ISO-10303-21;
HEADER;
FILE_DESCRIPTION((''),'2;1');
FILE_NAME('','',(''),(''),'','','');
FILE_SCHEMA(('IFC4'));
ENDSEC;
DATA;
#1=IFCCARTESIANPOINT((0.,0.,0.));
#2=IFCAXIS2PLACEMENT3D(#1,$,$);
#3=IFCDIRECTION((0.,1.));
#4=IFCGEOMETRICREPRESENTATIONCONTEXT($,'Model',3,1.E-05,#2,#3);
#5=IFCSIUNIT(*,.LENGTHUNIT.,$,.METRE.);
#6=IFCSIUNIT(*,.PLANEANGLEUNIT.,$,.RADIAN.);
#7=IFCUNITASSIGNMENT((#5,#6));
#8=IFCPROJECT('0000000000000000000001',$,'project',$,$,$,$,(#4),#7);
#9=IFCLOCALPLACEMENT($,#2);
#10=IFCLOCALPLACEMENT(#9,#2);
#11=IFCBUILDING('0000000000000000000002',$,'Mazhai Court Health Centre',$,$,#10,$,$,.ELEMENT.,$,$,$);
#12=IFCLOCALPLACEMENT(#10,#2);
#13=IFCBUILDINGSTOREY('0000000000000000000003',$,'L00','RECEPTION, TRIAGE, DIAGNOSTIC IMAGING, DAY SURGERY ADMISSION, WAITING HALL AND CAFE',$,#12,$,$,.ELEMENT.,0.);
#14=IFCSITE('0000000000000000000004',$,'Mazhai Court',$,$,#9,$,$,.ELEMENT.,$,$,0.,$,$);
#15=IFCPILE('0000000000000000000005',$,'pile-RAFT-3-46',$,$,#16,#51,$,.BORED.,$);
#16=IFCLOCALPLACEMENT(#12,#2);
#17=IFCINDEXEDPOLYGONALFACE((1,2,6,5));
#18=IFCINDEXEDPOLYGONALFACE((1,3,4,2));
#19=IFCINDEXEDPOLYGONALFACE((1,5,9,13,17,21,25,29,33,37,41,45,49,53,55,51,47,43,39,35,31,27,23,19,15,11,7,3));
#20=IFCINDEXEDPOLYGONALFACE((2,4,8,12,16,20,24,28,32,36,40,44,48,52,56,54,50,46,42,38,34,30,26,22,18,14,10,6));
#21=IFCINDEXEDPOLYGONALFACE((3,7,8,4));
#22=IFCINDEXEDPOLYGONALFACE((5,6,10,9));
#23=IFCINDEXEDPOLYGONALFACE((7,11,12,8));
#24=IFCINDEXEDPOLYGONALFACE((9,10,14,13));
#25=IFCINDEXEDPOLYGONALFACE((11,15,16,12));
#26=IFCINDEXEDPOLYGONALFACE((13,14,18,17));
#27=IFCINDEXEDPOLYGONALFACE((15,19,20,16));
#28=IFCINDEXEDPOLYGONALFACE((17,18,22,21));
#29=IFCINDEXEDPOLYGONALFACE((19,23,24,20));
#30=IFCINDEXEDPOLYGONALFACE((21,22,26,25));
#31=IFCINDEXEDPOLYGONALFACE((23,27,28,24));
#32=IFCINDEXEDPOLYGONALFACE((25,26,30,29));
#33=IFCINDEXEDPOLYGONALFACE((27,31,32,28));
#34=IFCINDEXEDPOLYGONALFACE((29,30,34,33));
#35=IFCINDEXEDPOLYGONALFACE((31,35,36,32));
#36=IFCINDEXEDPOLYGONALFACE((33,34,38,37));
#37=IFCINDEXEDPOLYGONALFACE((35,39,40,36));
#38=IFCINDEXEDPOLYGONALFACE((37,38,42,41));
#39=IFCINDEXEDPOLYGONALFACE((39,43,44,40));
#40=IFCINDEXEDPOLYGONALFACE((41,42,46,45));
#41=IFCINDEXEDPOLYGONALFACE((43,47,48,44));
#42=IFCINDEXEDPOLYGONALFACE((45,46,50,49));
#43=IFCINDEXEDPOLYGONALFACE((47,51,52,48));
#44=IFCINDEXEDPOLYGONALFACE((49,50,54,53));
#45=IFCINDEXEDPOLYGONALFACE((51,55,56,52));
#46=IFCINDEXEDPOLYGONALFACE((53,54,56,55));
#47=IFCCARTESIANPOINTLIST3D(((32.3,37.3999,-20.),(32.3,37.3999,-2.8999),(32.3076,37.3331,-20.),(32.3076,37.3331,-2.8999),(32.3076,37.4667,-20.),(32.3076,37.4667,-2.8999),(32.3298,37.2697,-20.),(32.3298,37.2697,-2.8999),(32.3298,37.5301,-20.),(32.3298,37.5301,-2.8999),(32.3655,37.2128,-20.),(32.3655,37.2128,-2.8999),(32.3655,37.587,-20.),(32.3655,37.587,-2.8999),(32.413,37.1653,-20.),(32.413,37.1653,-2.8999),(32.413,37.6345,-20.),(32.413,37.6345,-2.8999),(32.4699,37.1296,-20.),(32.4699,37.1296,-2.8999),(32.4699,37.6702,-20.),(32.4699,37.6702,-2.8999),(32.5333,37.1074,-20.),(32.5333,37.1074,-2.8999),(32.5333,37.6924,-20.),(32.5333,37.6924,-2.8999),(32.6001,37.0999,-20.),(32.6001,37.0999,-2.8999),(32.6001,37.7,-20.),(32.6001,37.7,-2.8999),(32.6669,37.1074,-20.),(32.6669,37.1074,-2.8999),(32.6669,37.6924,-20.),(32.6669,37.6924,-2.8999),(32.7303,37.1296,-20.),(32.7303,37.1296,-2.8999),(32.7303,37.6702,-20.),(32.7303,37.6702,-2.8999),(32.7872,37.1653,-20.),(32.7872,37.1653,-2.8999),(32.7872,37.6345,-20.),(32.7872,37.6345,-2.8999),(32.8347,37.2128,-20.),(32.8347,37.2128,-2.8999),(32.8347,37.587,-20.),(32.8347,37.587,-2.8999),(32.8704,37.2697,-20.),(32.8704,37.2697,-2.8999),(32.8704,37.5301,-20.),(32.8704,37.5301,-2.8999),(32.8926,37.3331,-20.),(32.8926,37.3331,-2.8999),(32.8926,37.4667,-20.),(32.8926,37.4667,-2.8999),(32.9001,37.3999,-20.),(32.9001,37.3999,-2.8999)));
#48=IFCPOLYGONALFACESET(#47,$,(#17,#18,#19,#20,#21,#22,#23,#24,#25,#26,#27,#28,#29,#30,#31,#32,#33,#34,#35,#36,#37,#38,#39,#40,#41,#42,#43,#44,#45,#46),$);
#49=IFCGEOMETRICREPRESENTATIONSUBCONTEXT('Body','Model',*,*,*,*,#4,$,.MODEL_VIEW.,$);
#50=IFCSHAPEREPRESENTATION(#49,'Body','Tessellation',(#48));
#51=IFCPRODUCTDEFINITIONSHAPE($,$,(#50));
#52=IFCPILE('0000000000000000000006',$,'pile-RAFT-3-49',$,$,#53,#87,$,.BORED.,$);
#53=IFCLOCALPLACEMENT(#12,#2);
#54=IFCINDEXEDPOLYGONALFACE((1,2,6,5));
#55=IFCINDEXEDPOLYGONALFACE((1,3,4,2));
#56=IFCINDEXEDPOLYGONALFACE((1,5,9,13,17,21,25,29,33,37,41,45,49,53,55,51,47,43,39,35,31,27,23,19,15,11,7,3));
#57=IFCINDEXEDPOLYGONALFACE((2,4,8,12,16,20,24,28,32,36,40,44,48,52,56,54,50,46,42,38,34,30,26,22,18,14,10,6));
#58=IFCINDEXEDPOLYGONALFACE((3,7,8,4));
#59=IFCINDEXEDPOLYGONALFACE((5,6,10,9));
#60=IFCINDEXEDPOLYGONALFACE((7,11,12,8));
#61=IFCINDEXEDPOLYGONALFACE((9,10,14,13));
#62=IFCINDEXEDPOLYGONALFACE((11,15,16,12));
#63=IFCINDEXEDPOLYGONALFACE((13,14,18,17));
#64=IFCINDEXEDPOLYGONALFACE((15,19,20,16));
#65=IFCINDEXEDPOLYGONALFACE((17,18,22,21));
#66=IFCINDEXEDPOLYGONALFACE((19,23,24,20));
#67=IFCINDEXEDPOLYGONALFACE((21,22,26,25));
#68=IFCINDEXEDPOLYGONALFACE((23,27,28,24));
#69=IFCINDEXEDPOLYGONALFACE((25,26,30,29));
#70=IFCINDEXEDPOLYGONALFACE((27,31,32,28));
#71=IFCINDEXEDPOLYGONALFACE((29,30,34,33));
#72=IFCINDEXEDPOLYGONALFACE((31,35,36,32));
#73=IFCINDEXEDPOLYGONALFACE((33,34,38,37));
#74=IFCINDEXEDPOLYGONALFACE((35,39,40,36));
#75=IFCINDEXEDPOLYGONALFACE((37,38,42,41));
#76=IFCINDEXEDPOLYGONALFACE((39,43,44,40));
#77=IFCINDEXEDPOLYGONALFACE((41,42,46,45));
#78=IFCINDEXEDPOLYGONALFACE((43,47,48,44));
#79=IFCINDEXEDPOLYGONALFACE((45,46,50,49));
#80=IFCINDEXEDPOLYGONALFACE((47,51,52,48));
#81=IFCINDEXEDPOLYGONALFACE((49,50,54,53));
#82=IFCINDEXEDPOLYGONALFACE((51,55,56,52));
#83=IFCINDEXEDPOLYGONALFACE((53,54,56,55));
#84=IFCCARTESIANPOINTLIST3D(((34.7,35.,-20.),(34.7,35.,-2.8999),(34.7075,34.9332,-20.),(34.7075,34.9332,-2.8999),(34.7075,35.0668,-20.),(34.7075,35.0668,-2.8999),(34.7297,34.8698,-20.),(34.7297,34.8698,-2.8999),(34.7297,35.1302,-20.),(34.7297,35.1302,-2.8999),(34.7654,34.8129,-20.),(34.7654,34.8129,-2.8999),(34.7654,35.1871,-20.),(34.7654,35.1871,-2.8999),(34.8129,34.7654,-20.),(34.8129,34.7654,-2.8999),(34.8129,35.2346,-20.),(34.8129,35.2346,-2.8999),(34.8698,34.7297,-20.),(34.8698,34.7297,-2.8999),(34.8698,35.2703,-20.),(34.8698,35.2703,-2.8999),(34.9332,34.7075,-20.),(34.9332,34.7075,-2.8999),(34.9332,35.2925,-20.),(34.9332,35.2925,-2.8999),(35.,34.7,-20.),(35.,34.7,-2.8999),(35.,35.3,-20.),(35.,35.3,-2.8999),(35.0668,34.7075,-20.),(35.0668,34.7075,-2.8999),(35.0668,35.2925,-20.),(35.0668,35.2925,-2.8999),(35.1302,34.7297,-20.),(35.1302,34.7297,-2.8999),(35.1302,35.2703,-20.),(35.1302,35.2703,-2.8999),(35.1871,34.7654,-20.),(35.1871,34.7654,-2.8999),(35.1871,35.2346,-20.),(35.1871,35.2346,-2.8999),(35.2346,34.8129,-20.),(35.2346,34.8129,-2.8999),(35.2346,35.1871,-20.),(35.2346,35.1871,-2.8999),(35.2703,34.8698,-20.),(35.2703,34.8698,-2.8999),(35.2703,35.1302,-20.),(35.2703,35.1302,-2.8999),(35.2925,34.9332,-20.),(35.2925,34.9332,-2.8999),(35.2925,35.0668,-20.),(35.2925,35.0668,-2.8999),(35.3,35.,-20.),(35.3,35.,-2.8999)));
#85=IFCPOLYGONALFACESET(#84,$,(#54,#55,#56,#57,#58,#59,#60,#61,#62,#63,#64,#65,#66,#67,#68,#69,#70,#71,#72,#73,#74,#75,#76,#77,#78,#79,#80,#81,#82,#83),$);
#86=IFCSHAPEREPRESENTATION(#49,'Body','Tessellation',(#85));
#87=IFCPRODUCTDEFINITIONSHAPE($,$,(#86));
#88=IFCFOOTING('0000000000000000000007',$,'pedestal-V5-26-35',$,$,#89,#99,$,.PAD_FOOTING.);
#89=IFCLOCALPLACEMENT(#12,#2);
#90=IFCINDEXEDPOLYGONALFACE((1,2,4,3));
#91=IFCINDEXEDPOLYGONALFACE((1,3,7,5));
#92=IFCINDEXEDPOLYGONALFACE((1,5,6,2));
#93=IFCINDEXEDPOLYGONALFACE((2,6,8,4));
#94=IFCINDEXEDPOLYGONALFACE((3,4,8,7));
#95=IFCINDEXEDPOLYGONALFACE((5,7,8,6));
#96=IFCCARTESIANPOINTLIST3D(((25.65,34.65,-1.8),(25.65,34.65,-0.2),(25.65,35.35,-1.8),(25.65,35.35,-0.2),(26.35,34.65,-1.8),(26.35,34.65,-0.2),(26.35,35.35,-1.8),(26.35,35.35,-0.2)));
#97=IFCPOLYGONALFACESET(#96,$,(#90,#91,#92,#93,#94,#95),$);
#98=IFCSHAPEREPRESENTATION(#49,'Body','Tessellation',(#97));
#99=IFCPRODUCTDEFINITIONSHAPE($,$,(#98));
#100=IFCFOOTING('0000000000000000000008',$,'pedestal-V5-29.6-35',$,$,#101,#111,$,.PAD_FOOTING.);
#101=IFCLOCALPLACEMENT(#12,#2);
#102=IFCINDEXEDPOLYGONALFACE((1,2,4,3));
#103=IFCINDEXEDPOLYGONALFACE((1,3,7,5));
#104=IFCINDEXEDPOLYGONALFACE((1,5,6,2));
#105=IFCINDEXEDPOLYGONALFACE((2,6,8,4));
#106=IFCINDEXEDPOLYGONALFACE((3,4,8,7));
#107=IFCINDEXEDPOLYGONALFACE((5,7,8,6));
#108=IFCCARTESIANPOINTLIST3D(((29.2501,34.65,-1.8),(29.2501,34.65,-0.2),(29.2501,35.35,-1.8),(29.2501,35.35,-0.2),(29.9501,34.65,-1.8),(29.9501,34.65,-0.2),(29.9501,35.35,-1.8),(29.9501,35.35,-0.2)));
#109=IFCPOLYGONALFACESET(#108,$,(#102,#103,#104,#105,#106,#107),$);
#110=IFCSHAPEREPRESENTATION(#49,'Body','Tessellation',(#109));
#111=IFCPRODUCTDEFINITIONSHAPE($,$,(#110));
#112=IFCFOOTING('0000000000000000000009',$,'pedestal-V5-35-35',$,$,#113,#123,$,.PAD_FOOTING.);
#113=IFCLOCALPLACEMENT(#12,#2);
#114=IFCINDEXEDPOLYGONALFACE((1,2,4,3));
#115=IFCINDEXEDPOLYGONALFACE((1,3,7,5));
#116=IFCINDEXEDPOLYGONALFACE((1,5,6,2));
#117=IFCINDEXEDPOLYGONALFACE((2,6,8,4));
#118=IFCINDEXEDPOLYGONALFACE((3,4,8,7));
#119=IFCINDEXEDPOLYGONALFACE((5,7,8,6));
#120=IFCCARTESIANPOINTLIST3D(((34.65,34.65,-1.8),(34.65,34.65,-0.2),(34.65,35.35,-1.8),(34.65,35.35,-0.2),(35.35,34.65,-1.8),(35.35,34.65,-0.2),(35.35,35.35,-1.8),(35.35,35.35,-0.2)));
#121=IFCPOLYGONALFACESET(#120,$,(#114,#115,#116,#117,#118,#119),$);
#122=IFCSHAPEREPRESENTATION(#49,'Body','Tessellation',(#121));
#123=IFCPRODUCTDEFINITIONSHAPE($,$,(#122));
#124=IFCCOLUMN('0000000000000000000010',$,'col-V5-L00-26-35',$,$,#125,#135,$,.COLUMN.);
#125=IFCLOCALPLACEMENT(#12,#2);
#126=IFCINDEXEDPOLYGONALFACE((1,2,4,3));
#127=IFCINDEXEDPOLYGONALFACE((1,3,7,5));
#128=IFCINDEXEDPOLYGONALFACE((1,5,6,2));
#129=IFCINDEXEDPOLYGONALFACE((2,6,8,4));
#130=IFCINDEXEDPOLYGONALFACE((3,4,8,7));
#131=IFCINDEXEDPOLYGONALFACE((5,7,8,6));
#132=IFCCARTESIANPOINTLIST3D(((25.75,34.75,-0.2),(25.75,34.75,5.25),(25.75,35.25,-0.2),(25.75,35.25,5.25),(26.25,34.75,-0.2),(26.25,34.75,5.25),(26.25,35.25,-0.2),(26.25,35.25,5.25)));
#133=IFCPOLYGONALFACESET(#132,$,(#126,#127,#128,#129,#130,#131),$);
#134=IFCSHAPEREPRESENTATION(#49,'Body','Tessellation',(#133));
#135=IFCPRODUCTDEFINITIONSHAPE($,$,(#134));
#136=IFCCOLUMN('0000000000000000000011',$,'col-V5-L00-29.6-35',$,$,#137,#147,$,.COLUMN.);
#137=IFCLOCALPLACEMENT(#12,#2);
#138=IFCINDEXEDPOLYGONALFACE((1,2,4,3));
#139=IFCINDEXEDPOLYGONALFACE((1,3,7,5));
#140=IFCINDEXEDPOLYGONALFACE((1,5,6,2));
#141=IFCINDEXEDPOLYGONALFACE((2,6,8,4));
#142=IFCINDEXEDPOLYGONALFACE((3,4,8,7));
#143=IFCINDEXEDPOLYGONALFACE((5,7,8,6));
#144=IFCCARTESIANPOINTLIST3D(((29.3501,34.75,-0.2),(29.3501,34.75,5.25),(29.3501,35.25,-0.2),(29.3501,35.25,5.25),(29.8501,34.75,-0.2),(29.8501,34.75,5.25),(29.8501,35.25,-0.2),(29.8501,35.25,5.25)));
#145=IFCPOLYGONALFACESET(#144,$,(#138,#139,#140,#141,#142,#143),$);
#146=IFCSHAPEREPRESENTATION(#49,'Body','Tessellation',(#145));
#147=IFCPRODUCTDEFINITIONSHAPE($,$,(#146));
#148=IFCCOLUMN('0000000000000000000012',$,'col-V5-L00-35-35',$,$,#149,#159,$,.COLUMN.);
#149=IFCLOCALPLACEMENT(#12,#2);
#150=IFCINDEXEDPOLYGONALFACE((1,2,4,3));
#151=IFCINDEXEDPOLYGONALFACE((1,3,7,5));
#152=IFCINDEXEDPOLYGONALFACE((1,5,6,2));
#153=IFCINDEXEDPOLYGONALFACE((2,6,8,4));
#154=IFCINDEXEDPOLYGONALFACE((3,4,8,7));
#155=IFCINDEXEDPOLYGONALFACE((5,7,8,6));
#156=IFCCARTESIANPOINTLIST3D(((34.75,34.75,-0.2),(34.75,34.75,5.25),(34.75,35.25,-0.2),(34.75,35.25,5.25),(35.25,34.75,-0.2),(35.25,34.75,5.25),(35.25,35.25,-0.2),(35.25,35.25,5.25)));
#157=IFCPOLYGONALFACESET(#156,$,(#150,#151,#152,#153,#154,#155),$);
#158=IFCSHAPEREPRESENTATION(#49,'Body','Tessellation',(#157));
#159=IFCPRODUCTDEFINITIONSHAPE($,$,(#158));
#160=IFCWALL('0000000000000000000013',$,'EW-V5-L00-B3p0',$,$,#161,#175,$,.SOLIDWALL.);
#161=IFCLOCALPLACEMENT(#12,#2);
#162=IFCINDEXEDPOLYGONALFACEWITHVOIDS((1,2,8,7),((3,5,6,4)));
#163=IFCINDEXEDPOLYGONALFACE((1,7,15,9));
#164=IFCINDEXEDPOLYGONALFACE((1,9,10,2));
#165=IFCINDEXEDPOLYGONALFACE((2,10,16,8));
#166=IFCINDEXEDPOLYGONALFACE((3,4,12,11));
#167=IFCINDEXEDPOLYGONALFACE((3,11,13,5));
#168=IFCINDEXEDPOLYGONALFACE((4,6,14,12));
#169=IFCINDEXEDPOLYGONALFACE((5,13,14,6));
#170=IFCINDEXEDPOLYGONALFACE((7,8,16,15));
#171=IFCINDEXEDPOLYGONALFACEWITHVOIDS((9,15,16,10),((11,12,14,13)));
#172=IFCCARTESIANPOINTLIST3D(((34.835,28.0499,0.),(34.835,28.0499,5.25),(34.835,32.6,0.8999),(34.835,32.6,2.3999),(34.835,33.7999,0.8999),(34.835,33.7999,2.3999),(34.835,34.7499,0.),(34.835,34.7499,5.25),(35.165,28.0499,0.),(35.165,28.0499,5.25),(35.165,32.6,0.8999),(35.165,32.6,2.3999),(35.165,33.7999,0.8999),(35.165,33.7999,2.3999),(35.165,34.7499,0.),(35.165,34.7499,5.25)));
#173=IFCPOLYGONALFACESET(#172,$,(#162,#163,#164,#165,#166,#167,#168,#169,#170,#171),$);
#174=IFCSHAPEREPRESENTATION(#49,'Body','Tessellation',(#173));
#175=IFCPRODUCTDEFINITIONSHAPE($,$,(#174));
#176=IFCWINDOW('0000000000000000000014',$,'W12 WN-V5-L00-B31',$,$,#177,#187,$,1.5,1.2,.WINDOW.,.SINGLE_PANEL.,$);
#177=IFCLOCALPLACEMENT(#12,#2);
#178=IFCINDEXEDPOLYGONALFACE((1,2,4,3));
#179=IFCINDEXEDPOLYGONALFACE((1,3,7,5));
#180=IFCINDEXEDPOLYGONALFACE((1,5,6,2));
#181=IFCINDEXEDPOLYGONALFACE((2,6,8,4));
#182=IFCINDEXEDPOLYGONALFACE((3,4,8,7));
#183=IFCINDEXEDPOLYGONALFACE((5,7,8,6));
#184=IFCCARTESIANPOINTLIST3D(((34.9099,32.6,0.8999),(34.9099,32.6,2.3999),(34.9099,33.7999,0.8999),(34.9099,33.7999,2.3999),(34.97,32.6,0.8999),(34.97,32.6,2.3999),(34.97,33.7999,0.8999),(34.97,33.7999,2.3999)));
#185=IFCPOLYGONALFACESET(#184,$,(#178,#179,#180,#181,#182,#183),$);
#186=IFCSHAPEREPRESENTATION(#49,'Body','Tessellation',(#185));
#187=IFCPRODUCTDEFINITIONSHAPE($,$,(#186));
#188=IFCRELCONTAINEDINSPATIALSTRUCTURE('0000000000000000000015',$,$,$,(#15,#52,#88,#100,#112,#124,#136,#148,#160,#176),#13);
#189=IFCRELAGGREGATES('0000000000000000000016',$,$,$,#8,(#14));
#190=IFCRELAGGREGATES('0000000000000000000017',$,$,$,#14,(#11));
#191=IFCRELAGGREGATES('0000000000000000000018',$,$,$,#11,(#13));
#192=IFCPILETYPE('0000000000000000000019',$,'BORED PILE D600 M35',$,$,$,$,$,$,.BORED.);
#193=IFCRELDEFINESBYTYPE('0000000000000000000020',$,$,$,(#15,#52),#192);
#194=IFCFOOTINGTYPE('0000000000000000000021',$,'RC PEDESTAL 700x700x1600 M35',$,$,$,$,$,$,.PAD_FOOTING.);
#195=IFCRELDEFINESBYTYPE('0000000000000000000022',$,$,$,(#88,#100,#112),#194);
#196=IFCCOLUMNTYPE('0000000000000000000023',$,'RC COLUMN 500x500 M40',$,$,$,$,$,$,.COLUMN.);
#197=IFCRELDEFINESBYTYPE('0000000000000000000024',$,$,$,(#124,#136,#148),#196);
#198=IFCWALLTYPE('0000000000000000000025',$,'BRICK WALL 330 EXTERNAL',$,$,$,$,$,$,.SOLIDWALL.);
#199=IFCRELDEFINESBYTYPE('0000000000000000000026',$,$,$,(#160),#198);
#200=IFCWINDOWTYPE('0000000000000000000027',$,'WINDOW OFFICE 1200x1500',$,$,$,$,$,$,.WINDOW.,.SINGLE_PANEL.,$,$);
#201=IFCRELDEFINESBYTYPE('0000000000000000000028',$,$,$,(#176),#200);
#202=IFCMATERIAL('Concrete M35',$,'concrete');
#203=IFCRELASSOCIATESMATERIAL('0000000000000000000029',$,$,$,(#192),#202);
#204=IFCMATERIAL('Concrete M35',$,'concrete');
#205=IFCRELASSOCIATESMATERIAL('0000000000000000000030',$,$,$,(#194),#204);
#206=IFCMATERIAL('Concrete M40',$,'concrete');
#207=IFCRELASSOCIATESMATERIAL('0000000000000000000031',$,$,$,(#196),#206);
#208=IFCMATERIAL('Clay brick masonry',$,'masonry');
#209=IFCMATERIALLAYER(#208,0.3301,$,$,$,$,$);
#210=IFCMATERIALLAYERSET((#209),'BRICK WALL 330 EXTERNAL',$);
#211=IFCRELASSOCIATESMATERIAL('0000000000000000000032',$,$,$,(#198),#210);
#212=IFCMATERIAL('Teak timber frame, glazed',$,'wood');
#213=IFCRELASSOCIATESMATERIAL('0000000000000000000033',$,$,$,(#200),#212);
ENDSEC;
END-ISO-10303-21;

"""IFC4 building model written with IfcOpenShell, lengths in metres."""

from ifc_helpers import new_model, si_unit, direction, frame, frame_2d, origin, origin_2d, place, context, subcontext, project, spatial, rectangle, circle, extrude, material, layer, layer_set, material_profile, profile_set, type_object, element, fill, save


model = new_model("IFC4")

# Units and contexts
model_context = context("Model", 3, precision=1e-05, world=origin(), true_north=direction((0.0, 1.0)))
body_context = subcontext(model_context, "Body", "Model", "MODEL_VIEW")
ifc_project = project(units=[si_unit("LENGTHUNIT", "METRE"), si_unit("PLANEANGLEUNIT", "RADIAN")], contexts=[model_context])

# Site, building, storey
site_placement = place(None, origin())
site = spatial("IfcSite", under=ifc_project, at=site_placement, Name="Mazhai Court", CompositionType="ELEMENT", RefElevation=0.0)
building_placement = place(site_placement, origin())
building = spatial("IfcBuilding", under=site, at=building_placement, Name="Mazhai Court Health Centre", CompositionType="ELEMENT")
storey_placement = place(building_placement, origin())
storey = spatial("IfcBuildingStorey", under=building, at=storey_placement, Name="L00", Description="RECEPTION, TRIAGE, DIAGNOSTIC IMAGING, DAY SURGERY ADMISSION, WAITING HALL AND CAFE", CompositionType="ELEMENT", Elevation=0.0)

# Piles
ifc_material_1 = material(Name="Concrete M35", Category="concrete")
ifc_material_profile_1 = material_profile(ifc_material_1, circle(Radius=0.3, at=origin_2d()), Name="RC PILE D600")
ifc_profile_set_1 = profile_set([ifc_material_profile_1], Name="Concrete M35")
pile_type = type_object("IfcPileType", Name="BORED PILE D600 M35", PredefinedType="BORED", material=ifc_profile_set_1)
for number, where, z_axis, x_axis, name in (
    (1, (32.6001, 37.3999, -2.8999), (0.0, 0.0, -1.0), (1.0, 0.0, 0.0), "pile-RAFT-3-46"),
    (2, (35.0, 35.0, -2.8999), (0.0, 0.0, -1.0), (1.0, 0.0, 0.0), "pile-RAFT-3-49"),
):
    element("IfcPile", number, at=place(storey_placement, frame(where, z_axis=z_axis, x_axis=x_axis)), inside=storey, type_object=pile_type, Name=name, PredefinedType="BORED", context=body_context, shape_type="SweptSolid", body=[
        extrude(circle(Radius=0.3, at=origin_2d()), origin(), (0.0, 0.0, 1.0), 17.1001),
    ])

# Footings
ifc_material_2 = material(Name="Concrete M35", Category="concrete")
footing_type = type_object("IfcFootingType", Name="RC PEDESTAL 700x700x1600 M35", PredefinedType="PAD_FOOTING", material=ifc_material_2)
for number, where, z_axis, x_axis, name in (
    (3, (26.0, 35.0, -1.8), (0.0, 0.0, 1.0), (1.0, 0.0, 0.0), "pedestal-V5-26-35"),
    (4, (29.6001, 35.0, -1.8), (0.0, 0.0, 1.0), (1.0, 0.0, 0.0), "pedestal-V5-29.6-35"),
    (5, (35.0, 35.0, -1.8), (0.0, 0.0, 1.0), (1.0, 0.0, 0.0), "pedestal-V5-35-35"),
):
    element("IfcFooting", number, at=place(storey_placement, frame(where, z_axis=z_axis, x_axis=x_axis)), inside=storey, type_object=footing_type, Name=name, PredefinedType="PAD_FOOTING", context=body_context, shape_type="SweptSolid", body=[
        extrude(rectangle(XDim=0.7, YDim=0.7, at=origin_2d()), origin(), (0.0, 0.0, 1.0), 1.6001),
    ])

# Columns
ifc_material_3 = material(Name="Concrete M40", Category="concrete")
ifc_material_profile_2 = material_profile(ifc_material_3, rectangle(XDim=0.5, YDim=0.5, at=origin_2d()), Name="RC 500x500")
ifc_profile_set_2 = profile_set([ifc_material_profile_2], Name="Concrete M40")
column_type = type_object("IfcColumnType", Name="RC COLUMN 500x500 M40", PredefinedType="COLUMN", material=ifc_profile_set_2)
for number, where, z_axis, x_axis, name in (
    (6, (26.0, 35.0, -0.2), (0.0, 0.0, 1.0), (1.0, 0.0, 0.0), "col-V5-L00-26-35"),
    (7, (29.6001, 35.0, -0.2), (0.0, 0.0, 1.0), (1.0, 0.0, 0.0), "col-V5-L00-29.6-35"),
    (8, (35.0, 35.0, -0.2), (0.0, 0.0, 1.0), (1.0, 0.0, 0.0), "col-V5-L00-35-35"),
):
    element("IfcColumn", number, at=place(storey_placement, frame(where, z_axis=z_axis, x_axis=x_axis)), inside=storey, type_object=column_type, Name=name, PredefinedType="COLUMN", context=body_context, shape_type="SweptSolid", body=[
        extrude(rectangle(XDim=0.5, YDim=0.5, at=origin_2d()), origin(), (0.0, 0.0, 1.0), 5.45),
    ])

# Wall, opening, window
ifc_material_4 = material(Name="Clay brick masonry", Category="masonry")
ifc_layer_1 = layer(ifc_material_4, 0.3301)
ifc_layer_set_1 = layer_set([ifc_layer_1], Name="BRICK WALL 330 EXTERNAL")
wall_type_1 = type_object("IfcWallType", Name="BRICK WALL 330 EXTERNAL", PredefinedType="SOLIDWALL", material=ifc_layer_set_1)
wall_1_placement = place(storey_placement, frame((35.0, 34.75, 0.0), z_axis=(0.0, 0.0, 1.0), x_axis=(0.0, -1.0, 0.0)))
wall_1 = element("IfcWall", 9, at=wall_1_placement, inside=storey, type_object=wall_type_1, Name="EW-V5-L00-B3p0", PredefinedType="SOLIDWALL", context=body_context, shape_type="SweptSolid", body=[
    extrude(rectangle(XDim=6.7, YDim=0.3301, at=frame_2d((3.3501, 0.0))), origin(), (0.0, 0.0, 1.0), 5.25),
])
opening_1_placement = place(wall_1_placement, frame((0.95, 0.0, 0.8999)))
opening_1 = element("IfcOpeningElement", 10, at=opening_1_placement, cuts=wall_1, PredefinedType="OPENING", context=body_context, shape_type="SweptSolid", body=[
    extrude(rectangle(XDim=1.2, YDim=1.5, at=frame_2d((0.6001, 0.75))), frame((0.0, 0.175, 0.0), z_axis=(0.0, -1.0, 0.0), x_axis=(1.0, 0.0, 0.0)), (0.0, 0.0, 1.0), 0.3501),
])
ifc_material_5 = material(Name="Teak timber frame, glazed", Category="wood")
window_type = type_object("IfcWindowType", Name="WINDOW OFFICE 1200x1500", PartitioningType="SINGLE_PANEL", PredefinedType="WINDOW", material=ifc_material_5)
window_placement = place(opening_1_placement, origin())
window = element("IfcWindow", 11, at=window_placement, inside=storey, type_object=window_type, Name="W12 WN-V5-L00-B31", OverallHeight=1.5, OverallWidth=1.2, PartitioningType="SINGLE_PANEL", PredefinedType="WINDOW", context=body_context, shape_type="SweptSolid", body=[
    extrude(rectangle(XDim=1.2, YDim=1.5, at=frame_2d((0.6001, 0.75))), frame((0.0, -0.03, 0.0), z_axis=(0.0, -1.0, 0.0), x_axis=(1.0, 0.0, 0.0)), (0.0, 0.0, 1.0), 0.0601),
])
fill(opening_1, window)

save(model, "model.ifc")
